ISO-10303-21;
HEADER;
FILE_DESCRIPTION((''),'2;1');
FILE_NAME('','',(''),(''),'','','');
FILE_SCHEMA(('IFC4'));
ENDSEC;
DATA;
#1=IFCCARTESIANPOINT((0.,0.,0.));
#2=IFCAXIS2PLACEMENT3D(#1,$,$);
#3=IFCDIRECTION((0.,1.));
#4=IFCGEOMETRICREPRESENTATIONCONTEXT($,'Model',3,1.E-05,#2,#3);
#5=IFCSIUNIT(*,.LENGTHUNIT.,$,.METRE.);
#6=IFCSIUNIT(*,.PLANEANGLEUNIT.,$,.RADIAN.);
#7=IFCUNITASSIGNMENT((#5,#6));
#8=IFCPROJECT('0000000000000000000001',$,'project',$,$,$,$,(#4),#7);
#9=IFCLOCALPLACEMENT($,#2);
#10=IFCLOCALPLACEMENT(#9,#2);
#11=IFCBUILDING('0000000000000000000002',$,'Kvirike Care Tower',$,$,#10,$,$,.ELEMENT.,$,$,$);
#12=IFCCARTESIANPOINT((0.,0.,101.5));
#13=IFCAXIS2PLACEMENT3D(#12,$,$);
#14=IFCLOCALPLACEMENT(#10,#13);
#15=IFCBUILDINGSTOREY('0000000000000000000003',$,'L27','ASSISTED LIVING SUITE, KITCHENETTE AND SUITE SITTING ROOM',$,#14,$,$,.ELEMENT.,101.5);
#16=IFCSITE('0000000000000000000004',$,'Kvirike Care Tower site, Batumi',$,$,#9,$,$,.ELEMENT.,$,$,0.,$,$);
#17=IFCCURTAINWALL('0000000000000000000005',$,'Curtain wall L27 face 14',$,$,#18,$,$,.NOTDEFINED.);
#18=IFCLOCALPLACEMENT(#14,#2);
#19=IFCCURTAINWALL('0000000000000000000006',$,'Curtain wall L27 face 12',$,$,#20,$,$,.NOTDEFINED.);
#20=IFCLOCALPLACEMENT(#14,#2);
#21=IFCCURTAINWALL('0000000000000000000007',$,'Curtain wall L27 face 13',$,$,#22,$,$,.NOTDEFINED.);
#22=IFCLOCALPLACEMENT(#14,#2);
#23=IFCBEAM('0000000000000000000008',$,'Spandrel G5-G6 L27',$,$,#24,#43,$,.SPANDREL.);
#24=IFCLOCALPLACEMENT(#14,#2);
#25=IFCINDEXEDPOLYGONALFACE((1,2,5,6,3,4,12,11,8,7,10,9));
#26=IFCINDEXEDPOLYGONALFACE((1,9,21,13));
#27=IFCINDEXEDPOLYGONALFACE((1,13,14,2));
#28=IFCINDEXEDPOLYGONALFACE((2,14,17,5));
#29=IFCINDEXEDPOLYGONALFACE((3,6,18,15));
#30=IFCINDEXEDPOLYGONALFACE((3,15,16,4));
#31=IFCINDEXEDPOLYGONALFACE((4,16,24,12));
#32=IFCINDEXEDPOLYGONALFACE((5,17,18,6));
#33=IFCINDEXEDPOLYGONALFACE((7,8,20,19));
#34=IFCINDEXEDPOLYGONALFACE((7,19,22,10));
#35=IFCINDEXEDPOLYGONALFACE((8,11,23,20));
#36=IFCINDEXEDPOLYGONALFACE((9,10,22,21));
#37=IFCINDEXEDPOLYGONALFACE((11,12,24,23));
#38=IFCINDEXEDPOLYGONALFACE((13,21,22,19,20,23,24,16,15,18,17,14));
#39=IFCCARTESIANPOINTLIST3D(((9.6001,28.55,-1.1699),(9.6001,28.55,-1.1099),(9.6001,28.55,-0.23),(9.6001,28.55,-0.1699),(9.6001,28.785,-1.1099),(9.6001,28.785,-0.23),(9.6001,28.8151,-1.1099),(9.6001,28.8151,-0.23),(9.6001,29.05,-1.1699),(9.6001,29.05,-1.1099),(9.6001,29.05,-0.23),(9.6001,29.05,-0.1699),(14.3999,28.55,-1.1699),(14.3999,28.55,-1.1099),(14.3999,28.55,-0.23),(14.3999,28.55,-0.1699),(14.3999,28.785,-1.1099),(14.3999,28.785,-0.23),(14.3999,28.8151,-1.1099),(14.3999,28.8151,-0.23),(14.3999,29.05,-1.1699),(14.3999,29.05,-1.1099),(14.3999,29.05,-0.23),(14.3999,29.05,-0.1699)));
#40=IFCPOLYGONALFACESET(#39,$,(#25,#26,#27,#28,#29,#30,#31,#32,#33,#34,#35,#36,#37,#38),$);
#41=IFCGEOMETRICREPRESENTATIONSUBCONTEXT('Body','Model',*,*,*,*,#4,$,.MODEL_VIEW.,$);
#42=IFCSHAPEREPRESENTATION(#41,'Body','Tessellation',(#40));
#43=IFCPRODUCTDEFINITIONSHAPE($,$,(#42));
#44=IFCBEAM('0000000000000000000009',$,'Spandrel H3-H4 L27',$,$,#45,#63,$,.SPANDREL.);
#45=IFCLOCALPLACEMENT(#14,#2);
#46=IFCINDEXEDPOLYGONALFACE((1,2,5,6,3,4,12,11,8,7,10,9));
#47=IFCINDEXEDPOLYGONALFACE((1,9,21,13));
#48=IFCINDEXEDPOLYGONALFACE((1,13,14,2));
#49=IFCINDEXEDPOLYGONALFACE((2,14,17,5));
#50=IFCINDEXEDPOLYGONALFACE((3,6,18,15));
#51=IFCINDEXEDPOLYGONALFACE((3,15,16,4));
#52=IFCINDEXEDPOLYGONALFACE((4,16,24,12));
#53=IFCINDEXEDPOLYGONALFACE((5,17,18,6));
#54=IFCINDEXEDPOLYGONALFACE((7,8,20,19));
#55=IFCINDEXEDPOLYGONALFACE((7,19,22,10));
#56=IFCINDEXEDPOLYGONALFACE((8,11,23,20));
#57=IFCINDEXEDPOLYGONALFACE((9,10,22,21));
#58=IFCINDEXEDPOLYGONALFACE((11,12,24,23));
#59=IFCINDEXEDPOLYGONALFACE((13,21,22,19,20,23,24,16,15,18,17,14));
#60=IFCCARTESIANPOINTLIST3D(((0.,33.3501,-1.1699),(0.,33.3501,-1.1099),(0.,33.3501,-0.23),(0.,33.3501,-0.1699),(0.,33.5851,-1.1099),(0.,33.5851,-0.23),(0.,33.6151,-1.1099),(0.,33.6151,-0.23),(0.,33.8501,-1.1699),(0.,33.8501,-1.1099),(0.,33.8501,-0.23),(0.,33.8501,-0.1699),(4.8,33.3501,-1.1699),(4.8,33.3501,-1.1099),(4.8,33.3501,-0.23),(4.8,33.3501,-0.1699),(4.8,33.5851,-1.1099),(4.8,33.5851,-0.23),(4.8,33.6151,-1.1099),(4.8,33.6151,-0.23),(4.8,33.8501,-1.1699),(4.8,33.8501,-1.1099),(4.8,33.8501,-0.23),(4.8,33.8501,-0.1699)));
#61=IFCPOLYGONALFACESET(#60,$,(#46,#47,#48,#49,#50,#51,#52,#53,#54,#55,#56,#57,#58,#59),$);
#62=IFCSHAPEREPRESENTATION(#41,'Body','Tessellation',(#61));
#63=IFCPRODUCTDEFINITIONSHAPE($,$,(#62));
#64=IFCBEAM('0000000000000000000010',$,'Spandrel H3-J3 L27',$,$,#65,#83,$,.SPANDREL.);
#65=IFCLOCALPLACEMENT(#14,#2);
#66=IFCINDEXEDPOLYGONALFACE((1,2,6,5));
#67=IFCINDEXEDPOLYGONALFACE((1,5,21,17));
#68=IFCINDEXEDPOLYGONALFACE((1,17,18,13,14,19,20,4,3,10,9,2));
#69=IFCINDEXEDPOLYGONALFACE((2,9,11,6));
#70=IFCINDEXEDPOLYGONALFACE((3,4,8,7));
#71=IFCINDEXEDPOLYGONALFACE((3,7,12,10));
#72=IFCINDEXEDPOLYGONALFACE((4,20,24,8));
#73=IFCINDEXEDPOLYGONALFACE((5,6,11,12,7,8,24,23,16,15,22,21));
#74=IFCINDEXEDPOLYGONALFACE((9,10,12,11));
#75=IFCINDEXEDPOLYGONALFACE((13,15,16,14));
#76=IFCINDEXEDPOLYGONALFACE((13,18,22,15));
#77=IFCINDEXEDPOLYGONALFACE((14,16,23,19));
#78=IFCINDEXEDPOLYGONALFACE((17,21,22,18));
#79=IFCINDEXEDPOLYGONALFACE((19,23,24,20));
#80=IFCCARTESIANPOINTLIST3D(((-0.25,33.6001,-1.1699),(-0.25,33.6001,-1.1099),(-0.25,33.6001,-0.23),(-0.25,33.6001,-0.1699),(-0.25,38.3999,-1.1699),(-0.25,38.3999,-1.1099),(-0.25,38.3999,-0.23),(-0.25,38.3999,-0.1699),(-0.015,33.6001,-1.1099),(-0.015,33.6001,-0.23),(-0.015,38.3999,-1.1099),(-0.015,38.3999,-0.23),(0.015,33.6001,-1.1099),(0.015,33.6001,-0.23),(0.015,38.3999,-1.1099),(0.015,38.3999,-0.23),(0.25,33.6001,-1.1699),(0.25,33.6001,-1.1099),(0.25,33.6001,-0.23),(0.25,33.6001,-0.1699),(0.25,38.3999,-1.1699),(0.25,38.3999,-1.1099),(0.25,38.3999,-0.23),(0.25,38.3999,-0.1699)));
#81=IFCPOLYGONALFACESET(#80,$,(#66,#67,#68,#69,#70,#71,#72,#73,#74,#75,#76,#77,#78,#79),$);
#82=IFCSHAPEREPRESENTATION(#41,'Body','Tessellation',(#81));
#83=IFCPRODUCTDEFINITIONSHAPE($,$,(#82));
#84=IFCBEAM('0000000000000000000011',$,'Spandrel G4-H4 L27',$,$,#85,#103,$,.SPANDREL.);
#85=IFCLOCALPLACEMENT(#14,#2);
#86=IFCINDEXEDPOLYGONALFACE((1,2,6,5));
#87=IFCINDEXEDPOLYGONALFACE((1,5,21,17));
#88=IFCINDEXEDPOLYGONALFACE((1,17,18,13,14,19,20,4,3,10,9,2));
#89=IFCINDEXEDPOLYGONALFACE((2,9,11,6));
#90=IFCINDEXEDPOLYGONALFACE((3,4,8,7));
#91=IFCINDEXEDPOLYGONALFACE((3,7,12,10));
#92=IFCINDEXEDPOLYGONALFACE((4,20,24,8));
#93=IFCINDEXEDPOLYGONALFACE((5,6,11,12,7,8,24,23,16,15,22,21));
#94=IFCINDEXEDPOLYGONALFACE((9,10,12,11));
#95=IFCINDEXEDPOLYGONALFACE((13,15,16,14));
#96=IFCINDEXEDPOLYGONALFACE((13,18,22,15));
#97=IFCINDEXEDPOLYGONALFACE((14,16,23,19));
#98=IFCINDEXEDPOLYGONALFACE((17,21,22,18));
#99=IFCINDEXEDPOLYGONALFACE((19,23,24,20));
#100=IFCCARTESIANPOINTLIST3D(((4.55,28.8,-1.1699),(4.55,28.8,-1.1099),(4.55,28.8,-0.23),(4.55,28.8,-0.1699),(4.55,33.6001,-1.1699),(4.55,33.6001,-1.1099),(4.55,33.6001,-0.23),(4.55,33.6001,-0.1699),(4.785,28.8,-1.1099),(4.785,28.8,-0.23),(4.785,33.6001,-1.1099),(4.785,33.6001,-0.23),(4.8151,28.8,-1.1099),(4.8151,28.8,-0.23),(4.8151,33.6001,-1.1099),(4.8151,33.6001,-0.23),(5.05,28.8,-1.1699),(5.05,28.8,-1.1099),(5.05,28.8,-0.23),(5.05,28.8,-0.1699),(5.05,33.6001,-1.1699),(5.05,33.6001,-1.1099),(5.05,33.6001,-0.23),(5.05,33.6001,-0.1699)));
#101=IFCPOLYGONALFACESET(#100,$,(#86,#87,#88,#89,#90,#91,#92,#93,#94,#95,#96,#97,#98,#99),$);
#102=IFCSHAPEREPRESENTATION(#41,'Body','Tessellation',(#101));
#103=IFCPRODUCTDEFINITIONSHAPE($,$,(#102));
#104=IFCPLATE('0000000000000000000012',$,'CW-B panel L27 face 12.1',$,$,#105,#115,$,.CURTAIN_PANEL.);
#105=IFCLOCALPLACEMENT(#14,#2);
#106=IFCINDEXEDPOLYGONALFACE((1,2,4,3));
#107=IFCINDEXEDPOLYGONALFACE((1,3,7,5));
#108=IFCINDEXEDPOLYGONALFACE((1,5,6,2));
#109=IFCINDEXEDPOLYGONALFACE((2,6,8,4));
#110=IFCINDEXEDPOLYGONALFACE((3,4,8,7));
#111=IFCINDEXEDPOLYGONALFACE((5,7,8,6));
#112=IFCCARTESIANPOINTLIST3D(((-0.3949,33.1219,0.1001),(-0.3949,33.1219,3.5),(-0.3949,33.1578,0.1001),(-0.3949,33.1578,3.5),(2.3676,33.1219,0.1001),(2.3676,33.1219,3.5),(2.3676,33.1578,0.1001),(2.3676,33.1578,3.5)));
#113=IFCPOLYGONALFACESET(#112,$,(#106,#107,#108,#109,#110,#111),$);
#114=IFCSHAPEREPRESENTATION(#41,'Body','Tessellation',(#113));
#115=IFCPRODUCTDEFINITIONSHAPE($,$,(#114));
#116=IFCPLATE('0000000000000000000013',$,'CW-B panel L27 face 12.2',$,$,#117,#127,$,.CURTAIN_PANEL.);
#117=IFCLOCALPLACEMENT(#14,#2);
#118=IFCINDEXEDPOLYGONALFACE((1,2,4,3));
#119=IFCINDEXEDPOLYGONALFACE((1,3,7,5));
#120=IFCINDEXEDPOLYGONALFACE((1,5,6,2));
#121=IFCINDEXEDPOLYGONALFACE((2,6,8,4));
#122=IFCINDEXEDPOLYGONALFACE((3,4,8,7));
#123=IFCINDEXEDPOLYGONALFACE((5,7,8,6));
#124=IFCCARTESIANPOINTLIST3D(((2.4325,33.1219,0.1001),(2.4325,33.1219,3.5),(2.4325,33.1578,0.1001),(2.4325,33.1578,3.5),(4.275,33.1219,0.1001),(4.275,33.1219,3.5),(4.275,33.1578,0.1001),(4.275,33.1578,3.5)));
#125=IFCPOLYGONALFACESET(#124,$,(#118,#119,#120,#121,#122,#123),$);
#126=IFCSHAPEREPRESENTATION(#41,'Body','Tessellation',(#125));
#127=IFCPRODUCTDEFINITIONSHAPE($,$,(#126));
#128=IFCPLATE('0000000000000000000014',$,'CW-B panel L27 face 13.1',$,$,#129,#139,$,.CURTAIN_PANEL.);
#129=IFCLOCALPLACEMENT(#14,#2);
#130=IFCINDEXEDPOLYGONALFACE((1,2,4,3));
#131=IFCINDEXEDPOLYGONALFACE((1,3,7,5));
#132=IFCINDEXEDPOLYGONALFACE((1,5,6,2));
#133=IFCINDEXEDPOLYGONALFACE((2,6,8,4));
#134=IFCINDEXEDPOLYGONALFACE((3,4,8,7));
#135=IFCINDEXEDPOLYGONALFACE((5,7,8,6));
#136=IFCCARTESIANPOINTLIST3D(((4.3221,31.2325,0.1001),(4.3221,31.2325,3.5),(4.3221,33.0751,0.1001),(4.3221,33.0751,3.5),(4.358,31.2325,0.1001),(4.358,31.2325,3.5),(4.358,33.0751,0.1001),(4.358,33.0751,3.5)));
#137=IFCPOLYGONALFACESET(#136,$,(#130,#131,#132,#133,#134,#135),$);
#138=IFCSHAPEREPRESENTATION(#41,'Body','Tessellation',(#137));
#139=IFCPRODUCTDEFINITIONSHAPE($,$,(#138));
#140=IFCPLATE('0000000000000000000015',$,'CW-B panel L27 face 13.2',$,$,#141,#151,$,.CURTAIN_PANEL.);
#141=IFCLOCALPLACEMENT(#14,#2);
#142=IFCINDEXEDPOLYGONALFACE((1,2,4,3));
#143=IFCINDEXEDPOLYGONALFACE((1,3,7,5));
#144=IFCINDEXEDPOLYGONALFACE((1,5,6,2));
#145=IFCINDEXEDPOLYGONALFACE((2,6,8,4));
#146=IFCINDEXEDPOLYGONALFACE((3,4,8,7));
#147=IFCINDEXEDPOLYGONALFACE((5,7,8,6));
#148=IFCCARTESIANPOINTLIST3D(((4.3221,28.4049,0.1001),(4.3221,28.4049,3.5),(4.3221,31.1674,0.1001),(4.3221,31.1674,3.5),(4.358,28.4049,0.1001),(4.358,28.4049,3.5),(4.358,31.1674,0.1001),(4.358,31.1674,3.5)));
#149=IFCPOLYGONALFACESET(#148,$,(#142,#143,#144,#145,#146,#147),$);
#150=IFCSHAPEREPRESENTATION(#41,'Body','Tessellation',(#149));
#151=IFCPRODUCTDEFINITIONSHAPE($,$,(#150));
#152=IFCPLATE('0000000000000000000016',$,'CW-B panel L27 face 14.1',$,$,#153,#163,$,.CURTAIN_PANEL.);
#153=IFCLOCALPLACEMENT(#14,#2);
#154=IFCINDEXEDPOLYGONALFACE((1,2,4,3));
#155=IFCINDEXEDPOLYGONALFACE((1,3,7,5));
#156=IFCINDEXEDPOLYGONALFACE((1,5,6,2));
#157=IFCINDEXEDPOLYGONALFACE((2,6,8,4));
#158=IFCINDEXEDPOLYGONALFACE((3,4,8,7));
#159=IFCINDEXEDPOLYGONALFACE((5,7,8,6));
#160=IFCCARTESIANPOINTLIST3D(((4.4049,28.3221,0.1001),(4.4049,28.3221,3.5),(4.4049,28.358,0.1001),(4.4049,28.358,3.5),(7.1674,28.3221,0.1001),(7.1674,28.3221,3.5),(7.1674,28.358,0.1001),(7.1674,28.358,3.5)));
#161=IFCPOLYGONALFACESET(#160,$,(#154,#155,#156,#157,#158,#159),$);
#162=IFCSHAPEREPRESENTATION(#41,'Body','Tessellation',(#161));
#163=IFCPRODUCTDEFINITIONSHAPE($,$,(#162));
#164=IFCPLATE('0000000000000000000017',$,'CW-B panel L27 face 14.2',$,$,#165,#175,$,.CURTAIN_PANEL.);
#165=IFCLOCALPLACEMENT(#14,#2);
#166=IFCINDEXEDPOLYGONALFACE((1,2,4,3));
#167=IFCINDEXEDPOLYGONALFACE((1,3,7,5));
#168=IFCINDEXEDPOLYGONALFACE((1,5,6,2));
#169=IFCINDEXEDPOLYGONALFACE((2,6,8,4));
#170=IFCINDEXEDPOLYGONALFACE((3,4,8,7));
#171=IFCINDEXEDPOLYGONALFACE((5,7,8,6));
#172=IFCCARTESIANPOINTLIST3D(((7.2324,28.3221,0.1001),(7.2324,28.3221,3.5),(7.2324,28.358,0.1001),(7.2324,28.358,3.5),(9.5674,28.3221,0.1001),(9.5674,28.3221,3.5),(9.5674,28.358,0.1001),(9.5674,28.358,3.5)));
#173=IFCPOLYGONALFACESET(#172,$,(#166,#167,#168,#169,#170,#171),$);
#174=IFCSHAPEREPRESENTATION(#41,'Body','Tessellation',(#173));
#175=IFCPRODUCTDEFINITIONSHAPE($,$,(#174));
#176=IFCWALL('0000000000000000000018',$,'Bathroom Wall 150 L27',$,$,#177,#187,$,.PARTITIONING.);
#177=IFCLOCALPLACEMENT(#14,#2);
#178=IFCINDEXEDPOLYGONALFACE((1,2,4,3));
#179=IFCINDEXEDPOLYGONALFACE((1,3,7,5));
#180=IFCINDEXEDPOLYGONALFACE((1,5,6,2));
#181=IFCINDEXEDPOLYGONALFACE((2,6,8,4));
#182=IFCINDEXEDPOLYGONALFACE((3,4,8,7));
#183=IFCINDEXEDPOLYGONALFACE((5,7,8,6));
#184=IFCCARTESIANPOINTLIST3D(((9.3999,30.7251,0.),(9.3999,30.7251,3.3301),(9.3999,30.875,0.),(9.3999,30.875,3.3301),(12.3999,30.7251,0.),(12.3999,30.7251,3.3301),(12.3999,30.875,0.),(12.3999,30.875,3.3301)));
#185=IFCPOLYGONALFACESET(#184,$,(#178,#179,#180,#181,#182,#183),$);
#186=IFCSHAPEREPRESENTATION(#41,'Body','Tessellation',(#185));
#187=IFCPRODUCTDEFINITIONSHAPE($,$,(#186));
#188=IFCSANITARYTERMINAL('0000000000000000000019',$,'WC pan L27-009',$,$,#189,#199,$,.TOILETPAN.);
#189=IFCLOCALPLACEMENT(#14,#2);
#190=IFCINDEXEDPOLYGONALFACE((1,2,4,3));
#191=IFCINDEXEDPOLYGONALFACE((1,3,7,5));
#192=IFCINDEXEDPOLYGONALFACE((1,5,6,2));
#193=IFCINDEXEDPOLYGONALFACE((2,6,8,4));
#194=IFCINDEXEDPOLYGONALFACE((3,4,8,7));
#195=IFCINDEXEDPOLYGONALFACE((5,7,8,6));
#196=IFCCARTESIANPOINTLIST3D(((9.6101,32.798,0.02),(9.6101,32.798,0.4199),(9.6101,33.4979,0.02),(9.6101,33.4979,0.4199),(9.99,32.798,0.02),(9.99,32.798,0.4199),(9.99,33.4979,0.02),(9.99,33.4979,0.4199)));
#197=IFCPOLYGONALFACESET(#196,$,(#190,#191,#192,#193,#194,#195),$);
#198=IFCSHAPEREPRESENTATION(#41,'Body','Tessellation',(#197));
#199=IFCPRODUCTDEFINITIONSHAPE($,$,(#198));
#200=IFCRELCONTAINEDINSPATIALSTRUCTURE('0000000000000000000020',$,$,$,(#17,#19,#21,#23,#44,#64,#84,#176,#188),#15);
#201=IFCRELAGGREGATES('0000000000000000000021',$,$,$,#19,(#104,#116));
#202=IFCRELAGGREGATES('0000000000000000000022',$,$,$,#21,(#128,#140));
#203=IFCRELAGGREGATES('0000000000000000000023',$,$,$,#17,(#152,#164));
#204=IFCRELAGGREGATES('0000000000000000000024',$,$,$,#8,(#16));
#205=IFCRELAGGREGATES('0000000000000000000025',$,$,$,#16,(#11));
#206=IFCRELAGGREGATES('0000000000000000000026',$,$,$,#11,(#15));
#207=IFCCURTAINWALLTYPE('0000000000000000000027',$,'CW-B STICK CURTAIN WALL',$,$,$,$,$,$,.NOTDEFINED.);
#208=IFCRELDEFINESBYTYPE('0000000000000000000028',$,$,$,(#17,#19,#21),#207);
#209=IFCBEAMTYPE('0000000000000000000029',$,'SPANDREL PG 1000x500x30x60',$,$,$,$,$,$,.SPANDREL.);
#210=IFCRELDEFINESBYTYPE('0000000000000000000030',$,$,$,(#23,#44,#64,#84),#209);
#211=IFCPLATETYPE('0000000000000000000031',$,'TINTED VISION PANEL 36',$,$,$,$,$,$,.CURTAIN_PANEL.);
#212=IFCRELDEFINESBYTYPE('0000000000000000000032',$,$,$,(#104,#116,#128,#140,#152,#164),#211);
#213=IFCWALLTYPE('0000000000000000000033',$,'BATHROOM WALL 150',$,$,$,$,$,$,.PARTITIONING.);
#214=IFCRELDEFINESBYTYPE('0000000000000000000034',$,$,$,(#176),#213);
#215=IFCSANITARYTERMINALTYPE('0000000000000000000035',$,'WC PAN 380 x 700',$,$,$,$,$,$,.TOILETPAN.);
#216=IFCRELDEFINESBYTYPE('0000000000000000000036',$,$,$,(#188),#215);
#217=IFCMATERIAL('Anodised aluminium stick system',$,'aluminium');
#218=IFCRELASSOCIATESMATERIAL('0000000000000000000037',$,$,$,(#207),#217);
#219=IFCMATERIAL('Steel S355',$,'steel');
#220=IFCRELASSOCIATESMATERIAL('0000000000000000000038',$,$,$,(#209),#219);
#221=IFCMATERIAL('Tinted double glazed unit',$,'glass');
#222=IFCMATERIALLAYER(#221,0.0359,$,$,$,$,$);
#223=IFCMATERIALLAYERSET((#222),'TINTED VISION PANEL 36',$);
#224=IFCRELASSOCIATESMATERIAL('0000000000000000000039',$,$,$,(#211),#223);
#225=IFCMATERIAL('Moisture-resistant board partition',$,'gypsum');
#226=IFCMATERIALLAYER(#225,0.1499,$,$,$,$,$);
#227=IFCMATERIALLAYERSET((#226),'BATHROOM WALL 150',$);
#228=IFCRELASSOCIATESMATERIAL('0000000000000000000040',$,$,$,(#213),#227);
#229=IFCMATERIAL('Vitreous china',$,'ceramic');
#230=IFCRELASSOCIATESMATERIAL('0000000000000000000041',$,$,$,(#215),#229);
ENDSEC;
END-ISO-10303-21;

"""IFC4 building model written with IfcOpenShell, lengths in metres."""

from ifc_helpers import new_model, si_unit, direction, frame, frame_2d, origin, origin_2d, place, context, subcontext, project, spatial, rectangle, i_section, extrude, material, layer, layer_set, material_profile, profile_set, type_object, element, aggregate, save


model = new_model("IFC4")

# Units and contexts
model_context = context("Model", 3, precision=1e-05, world=origin(), true_north=direction((0.0, 1.0)))
body_context = subcontext(model_context, "Body", "Model", "MODEL_VIEW")
ifc_project = project(units=[si_unit("LENGTHUNIT", "METRE"), si_unit("PLANEANGLEUNIT", "RADIAN")], contexts=[model_context])

# Site, building, storey
site_placement = place(None, origin())
site = spatial("IfcSite", under=ifc_project, at=site_placement, Name="Kvirike Care Tower site, Batumi", CompositionType="ELEMENT", RefElevation=0.0)
building_placement = place(site_placement, origin())
building = spatial("IfcBuilding", under=site, at=building_placement, Name="Kvirike Care Tower", CompositionType="ELEMENT")
storey_placement = place(building_placement, frame((0.0, 0.0, 101.5)))
storey = spatial("IfcBuildingStorey", under=building, at=storey_placement, Name="L27", Description="ASSISTED LIVING SUITE, KITCHENETTE AND SUITE SITTING ROOM", CompositionType="ELEMENT", Elevation=101.5)

# Curtain wall
ifc_material_1 = material(Name="Anodised aluminium stick system", Category="aluminium")
curtain_wall_type = type_object("IfcCurtainWallType", Name="CW-B STICK CURTAIN WALL", PredefinedType="NOTDEFINED", material=ifc_material_1)
curtain_wall_1_placement = place(storey_placement, origin())
curtain_wall_1 = element("IfcCurtainWall", 1, at=curtain_wall_1_placement, inside=storey, type_object=curtain_wall_type, Name="Curtain wall L27 face 14", PredefinedType="NOTDEFINED")

# Curtain walls
curtain_wall_2_placement = place(storey_placement, origin())
curtain_wall_2 = element("IfcCurtainWall", 2, at=curtain_wall_2_placement, inside=storey, type_object=curtain_wall_type, Name="Curtain wall L27 face 12", PredefinedType="NOTDEFINED")
curtain_wall_3_placement = place(storey_placement, origin())
curtain_wall_3 = element("IfcCurtainWall", 3, at=curtain_wall_3_placement, inside=storey, type_object=curtain_wall_type, Name="Curtain wall L27 face 13", PredefinedType="NOTDEFINED")

# Beams
ifc_material_2 = material(Name="Steel S355", Category="steel")
ifc_material_profile_1 = material_profile(ifc_material_2, i_section(OverallWidth=0.5, OverallDepth=1.0, WebThickness=0.03, FlangeThickness=0.0601, at=origin_2d()), Name="PG 1000x500x30x60")
ifc_profile_set_1 = profile_set([ifc_material_profile_1], Name="Steel S355")
beam_type_1 = type_object("IfcBeamType", Name="SPANDREL PG 1000x500x30x60", PredefinedType="SPANDREL", material=ifc_profile_set_1)
beam_1_placement = place(storey_placement, frame((9.6001, 28.8, -0.6699), z_axis=(1.0, 0.0, 0.0), x_axis=(0.0, 1.0, 0.0)))
element("IfcBeam", 4, at=beam_1_placement, inside=storey, type_object=beam_type_1, Name="Spandrel G5-G6 L27", PredefinedType="SPANDREL", context=body_context, shape_type="SweptSolid", body=[
    extrude(i_section(OverallWidth=0.5, OverallDepth=1.0, WebThickness=0.03, FlangeThickness=0.0601, at=origin_2d()), origin(), (0.0, 0.0, 1.0), 4.7998),
])
beam_2_placement = place(storey_placement, frame((0.0, 33.6001, -0.6699), z_axis=(1.0, 0.0, 0.0), x_axis=(0.0, 1.0, 0.0)))
element("IfcBeam", 5, at=beam_2_placement, inside=storey, type_object=beam_type_1, Name="Spandrel H3-H4 L27", PredefinedType="SPANDREL", context=body_context, shape_type="SweptSolid", body=[
    extrude(i_section(OverallWidth=0.5, OverallDepth=1.0, WebThickness=0.03, FlangeThickness=0.0601, at=origin_2d()), origin(), (0.0, 0.0, 1.0), 4.8),
])
beam_3_placement = place(storey_placement, frame((0.0, 33.6001, -0.6699), z_axis=(0.0, 1.0, 0.0), x_axis=(-1.0, 0.0, 0.0)))
element("IfcBeam", 6, at=beam_3_placement, inside=storey, type_object=beam_type_1, Name="Spandrel H3-J3 L27", PredefinedType="SPANDREL", context=body_context, shape_type="SweptSolid", body=[
    extrude(i_section(OverallWidth=0.5, OverallDepth=1.0, WebThickness=0.03, FlangeThickness=0.0601, at=origin_2d()), origin(), (0.0, 0.0, 1.0), 4.7998),
])
beam_4_placement = place(storey_placement, frame((4.8, 28.8, -0.6699), z_axis=(0.0, 1.0, 0.0), x_axis=(-1.0, 0.0, 0.0)))
element("IfcBeam", 7, at=beam_4_placement, inside=storey, type_object=beam_type_1, Name="Spandrel G4-H4 L27", PredefinedType="SPANDREL", context=body_context, shape_type="SweptSolid", body=[
    extrude(i_section(OverallWidth=0.5, OverallDepth=1.0, WebThickness=0.03, FlangeThickness=0.0601, at=origin_2d()), origin(), (0.0, 0.0, 1.0), 4.8),
])

# Plates
ifc_material_3 = material(Name="Tinted double glazed unit", Category="glass")
ifc_layer_1 = layer(ifc_material_3, 0.0359)
ifc_layer_set_1 = layer_set([ifc_layer_1], Name="TINTED VISION PANEL 36")
plate_type = type_object("IfcPlateType", Name="TINTED VISION PANEL 36", PredefinedType="CURTAIN_PANEL", material=ifc_layer_set_1)
plate_1_placement = place(storey_placement, frame((0.9863, 33.1399, 0.1001), z_axis=(0.0, 0.0, 1.0), x_axis=(1.0, 0.0, 0.0)))
plate_1 = element("IfcPlate", 8, at=plate_1_placement, type_object=plate_type, Name="CW-B panel L27 face 12.1", PredefinedType="CURTAIN_PANEL", context=body_context, shape_type="SweptSolid", body=[
    extrude(rectangle(XDim=2.7625, YDim=0.0359, at=origin_2d()), origin(), (0.0, 0.0, 1.0), 3.3999),
])
plate_2_placement = place(storey_placement, frame((3.3538, 33.1399, 0.1001), z_axis=(0.0, 0.0, 1.0), x_axis=(1.0, 0.0, 0.0)))
plate_2 = element("IfcPlate", 9, at=plate_2_placement, type_object=plate_type, Name="CW-B panel L27 face 12.2", PredefinedType="CURTAIN_PANEL", context=body_context, shape_type="SweptSolid", body=[
    extrude(rectangle(XDim=1.8425, YDim=0.0359, at=origin_2d()), origin(), (0.0, 0.0, 1.0), 3.3999),
])
aggregate(curtain_wall_2, [plate_1, plate_2])
plate_3_placement = place(storey_placement, frame((4.3401, 32.1538, 0.1001), z_axis=(0.0, 0.0, 1.0), x_axis=(0.0, -1.0, 0.0)))
plate_3 = element("IfcPlate", 10, at=plate_3_placement, type_object=plate_type, Name="CW-B panel L27 face 13.1", PredefinedType="CURTAIN_PANEL", context=body_context, shape_type="SweptSolid", body=[
    extrude(rectangle(XDim=1.8425, YDim=0.0359, at=origin_2d()), origin(), (0.0, 0.0, 1.0), 3.3999),
])
plate_4_placement = place(storey_placement, frame((4.3401, 29.7861, 0.1001), z_axis=(0.0, 0.0, 1.0), x_axis=(0.0, -1.0, 0.0)))
plate_4 = element("IfcPlate", 11, at=plate_4_placement, type_object=plate_type, Name="CW-B panel L27 face 13.2", PredefinedType="CURTAIN_PANEL", context=body_context, shape_type="SweptSolid", body=[
    extrude(rectangle(XDim=2.7625, YDim=0.0359, at=origin_2d()), origin(), (0.0, 0.0, 1.0), 3.3999),
])
aggregate(curtain_wall_3, [plate_3, plate_4])
plate_5_placement = place(storey_placement, frame((5.7861, 28.3401, 0.1001), z_axis=(0.0, 0.0, 1.0), x_axis=(1.0, 0.0, 0.0)))
plate_5 = element("IfcPlate", 12, at=plate_5_placement, type_object=plate_type, Name="CW-B panel L27 face 14.1", PredefinedType="CURTAIN_PANEL", context=body_context, shape_type="SweptSolid", body=[
    extrude(rectangle(XDim=2.7625, YDim=0.0359, at=origin_2d()), origin(), (0.0, 0.0, 1.0), 3.3999),
])
plate_6_placement = place(storey_placement, frame((8.3999, 28.3401, 0.1001), z_axis=(0.0, 0.0, 1.0), x_axis=(1.0, 0.0, 0.0)))
plate_6 = element("IfcPlate", 13, at=plate_6_placement, type_object=plate_type, Name="CW-B panel L27 face 14.2", PredefinedType="CURTAIN_PANEL", context=body_context, shape_type="SweptSolid", body=[
    extrude(rectangle(XDim=2.335, YDim=0.0359, at=origin_2d()), origin(), (0.0, 0.0, 1.0), 3.3999),
])
aggregate(curtain_wall_1, [plate_5, plate_6])

# Wall
ifc_material_4 = material(Name="Moisture-resistant board partition", Category="gypsum")
ifc_layer_2 = layer(ifc_material_4, 0.1499)
ifc_layer_set_2 = layer_set([ifc_layer_2], Name="BATHROOM WALL 150")
wall_type = type_object("IfcWallType", Name="BATHROOM WALL 150", PredefinedType="PARTITIONING", material=ifc_layer_set_2)
wall_placement = place(storey_placement, frame((9.3999, 30.8, 0.0), z_axis=(0.0, 0.0, 1.0), x_axis=(1.0, 0.0, 0.0)))
element("IfcWall", 14, at=wall_placement, inside=storey, type_object=wall_type, Name="Bathroom Wall 150 L27", PredefinedType="PARTITIONING", context=body_context, shape_type="SweptSolid", body=[
    extrude(rectangle(XDim=3.0, YDim=0.1499, at=frame_2d((1.5, 0.0))), origin(), (0.0, 0.0, 1.0), 3.3301),
])

# Sanitary terminal
ifc_material_5 = material(Name="Vitreous china", Category="ceramic")
sanitary_terminal_type = type_object("IfcSanitaryTerminalType", Name="WC PAN 380 x 700", PredefinedType="TOILETPAN", material=ifc_material_5)
sanitary_terminal_placement = place(storey_placement, frame((9.8, 33.1479, 0.02), z_axis=(0.0, 0.0, 1.0), x_axis=(1.0, 0.0, 0.0)))
element("IfcSanitaryTerminal", 15, at=sanitary_terminal_placement, inside=storey, type_object=sanitary_terminal_type, Name="WC pan L27-009", PredefinedType="TOILETPAN", context=body_context, shape_type="SweptSolid", body=[
    extrude(rectangle(XDim=0.3799, YDim=0.7, at=origin_2d()), origin(), (0.0, 0.0, 1.0), 0.3999),
])

save(model, "model.ifc")
